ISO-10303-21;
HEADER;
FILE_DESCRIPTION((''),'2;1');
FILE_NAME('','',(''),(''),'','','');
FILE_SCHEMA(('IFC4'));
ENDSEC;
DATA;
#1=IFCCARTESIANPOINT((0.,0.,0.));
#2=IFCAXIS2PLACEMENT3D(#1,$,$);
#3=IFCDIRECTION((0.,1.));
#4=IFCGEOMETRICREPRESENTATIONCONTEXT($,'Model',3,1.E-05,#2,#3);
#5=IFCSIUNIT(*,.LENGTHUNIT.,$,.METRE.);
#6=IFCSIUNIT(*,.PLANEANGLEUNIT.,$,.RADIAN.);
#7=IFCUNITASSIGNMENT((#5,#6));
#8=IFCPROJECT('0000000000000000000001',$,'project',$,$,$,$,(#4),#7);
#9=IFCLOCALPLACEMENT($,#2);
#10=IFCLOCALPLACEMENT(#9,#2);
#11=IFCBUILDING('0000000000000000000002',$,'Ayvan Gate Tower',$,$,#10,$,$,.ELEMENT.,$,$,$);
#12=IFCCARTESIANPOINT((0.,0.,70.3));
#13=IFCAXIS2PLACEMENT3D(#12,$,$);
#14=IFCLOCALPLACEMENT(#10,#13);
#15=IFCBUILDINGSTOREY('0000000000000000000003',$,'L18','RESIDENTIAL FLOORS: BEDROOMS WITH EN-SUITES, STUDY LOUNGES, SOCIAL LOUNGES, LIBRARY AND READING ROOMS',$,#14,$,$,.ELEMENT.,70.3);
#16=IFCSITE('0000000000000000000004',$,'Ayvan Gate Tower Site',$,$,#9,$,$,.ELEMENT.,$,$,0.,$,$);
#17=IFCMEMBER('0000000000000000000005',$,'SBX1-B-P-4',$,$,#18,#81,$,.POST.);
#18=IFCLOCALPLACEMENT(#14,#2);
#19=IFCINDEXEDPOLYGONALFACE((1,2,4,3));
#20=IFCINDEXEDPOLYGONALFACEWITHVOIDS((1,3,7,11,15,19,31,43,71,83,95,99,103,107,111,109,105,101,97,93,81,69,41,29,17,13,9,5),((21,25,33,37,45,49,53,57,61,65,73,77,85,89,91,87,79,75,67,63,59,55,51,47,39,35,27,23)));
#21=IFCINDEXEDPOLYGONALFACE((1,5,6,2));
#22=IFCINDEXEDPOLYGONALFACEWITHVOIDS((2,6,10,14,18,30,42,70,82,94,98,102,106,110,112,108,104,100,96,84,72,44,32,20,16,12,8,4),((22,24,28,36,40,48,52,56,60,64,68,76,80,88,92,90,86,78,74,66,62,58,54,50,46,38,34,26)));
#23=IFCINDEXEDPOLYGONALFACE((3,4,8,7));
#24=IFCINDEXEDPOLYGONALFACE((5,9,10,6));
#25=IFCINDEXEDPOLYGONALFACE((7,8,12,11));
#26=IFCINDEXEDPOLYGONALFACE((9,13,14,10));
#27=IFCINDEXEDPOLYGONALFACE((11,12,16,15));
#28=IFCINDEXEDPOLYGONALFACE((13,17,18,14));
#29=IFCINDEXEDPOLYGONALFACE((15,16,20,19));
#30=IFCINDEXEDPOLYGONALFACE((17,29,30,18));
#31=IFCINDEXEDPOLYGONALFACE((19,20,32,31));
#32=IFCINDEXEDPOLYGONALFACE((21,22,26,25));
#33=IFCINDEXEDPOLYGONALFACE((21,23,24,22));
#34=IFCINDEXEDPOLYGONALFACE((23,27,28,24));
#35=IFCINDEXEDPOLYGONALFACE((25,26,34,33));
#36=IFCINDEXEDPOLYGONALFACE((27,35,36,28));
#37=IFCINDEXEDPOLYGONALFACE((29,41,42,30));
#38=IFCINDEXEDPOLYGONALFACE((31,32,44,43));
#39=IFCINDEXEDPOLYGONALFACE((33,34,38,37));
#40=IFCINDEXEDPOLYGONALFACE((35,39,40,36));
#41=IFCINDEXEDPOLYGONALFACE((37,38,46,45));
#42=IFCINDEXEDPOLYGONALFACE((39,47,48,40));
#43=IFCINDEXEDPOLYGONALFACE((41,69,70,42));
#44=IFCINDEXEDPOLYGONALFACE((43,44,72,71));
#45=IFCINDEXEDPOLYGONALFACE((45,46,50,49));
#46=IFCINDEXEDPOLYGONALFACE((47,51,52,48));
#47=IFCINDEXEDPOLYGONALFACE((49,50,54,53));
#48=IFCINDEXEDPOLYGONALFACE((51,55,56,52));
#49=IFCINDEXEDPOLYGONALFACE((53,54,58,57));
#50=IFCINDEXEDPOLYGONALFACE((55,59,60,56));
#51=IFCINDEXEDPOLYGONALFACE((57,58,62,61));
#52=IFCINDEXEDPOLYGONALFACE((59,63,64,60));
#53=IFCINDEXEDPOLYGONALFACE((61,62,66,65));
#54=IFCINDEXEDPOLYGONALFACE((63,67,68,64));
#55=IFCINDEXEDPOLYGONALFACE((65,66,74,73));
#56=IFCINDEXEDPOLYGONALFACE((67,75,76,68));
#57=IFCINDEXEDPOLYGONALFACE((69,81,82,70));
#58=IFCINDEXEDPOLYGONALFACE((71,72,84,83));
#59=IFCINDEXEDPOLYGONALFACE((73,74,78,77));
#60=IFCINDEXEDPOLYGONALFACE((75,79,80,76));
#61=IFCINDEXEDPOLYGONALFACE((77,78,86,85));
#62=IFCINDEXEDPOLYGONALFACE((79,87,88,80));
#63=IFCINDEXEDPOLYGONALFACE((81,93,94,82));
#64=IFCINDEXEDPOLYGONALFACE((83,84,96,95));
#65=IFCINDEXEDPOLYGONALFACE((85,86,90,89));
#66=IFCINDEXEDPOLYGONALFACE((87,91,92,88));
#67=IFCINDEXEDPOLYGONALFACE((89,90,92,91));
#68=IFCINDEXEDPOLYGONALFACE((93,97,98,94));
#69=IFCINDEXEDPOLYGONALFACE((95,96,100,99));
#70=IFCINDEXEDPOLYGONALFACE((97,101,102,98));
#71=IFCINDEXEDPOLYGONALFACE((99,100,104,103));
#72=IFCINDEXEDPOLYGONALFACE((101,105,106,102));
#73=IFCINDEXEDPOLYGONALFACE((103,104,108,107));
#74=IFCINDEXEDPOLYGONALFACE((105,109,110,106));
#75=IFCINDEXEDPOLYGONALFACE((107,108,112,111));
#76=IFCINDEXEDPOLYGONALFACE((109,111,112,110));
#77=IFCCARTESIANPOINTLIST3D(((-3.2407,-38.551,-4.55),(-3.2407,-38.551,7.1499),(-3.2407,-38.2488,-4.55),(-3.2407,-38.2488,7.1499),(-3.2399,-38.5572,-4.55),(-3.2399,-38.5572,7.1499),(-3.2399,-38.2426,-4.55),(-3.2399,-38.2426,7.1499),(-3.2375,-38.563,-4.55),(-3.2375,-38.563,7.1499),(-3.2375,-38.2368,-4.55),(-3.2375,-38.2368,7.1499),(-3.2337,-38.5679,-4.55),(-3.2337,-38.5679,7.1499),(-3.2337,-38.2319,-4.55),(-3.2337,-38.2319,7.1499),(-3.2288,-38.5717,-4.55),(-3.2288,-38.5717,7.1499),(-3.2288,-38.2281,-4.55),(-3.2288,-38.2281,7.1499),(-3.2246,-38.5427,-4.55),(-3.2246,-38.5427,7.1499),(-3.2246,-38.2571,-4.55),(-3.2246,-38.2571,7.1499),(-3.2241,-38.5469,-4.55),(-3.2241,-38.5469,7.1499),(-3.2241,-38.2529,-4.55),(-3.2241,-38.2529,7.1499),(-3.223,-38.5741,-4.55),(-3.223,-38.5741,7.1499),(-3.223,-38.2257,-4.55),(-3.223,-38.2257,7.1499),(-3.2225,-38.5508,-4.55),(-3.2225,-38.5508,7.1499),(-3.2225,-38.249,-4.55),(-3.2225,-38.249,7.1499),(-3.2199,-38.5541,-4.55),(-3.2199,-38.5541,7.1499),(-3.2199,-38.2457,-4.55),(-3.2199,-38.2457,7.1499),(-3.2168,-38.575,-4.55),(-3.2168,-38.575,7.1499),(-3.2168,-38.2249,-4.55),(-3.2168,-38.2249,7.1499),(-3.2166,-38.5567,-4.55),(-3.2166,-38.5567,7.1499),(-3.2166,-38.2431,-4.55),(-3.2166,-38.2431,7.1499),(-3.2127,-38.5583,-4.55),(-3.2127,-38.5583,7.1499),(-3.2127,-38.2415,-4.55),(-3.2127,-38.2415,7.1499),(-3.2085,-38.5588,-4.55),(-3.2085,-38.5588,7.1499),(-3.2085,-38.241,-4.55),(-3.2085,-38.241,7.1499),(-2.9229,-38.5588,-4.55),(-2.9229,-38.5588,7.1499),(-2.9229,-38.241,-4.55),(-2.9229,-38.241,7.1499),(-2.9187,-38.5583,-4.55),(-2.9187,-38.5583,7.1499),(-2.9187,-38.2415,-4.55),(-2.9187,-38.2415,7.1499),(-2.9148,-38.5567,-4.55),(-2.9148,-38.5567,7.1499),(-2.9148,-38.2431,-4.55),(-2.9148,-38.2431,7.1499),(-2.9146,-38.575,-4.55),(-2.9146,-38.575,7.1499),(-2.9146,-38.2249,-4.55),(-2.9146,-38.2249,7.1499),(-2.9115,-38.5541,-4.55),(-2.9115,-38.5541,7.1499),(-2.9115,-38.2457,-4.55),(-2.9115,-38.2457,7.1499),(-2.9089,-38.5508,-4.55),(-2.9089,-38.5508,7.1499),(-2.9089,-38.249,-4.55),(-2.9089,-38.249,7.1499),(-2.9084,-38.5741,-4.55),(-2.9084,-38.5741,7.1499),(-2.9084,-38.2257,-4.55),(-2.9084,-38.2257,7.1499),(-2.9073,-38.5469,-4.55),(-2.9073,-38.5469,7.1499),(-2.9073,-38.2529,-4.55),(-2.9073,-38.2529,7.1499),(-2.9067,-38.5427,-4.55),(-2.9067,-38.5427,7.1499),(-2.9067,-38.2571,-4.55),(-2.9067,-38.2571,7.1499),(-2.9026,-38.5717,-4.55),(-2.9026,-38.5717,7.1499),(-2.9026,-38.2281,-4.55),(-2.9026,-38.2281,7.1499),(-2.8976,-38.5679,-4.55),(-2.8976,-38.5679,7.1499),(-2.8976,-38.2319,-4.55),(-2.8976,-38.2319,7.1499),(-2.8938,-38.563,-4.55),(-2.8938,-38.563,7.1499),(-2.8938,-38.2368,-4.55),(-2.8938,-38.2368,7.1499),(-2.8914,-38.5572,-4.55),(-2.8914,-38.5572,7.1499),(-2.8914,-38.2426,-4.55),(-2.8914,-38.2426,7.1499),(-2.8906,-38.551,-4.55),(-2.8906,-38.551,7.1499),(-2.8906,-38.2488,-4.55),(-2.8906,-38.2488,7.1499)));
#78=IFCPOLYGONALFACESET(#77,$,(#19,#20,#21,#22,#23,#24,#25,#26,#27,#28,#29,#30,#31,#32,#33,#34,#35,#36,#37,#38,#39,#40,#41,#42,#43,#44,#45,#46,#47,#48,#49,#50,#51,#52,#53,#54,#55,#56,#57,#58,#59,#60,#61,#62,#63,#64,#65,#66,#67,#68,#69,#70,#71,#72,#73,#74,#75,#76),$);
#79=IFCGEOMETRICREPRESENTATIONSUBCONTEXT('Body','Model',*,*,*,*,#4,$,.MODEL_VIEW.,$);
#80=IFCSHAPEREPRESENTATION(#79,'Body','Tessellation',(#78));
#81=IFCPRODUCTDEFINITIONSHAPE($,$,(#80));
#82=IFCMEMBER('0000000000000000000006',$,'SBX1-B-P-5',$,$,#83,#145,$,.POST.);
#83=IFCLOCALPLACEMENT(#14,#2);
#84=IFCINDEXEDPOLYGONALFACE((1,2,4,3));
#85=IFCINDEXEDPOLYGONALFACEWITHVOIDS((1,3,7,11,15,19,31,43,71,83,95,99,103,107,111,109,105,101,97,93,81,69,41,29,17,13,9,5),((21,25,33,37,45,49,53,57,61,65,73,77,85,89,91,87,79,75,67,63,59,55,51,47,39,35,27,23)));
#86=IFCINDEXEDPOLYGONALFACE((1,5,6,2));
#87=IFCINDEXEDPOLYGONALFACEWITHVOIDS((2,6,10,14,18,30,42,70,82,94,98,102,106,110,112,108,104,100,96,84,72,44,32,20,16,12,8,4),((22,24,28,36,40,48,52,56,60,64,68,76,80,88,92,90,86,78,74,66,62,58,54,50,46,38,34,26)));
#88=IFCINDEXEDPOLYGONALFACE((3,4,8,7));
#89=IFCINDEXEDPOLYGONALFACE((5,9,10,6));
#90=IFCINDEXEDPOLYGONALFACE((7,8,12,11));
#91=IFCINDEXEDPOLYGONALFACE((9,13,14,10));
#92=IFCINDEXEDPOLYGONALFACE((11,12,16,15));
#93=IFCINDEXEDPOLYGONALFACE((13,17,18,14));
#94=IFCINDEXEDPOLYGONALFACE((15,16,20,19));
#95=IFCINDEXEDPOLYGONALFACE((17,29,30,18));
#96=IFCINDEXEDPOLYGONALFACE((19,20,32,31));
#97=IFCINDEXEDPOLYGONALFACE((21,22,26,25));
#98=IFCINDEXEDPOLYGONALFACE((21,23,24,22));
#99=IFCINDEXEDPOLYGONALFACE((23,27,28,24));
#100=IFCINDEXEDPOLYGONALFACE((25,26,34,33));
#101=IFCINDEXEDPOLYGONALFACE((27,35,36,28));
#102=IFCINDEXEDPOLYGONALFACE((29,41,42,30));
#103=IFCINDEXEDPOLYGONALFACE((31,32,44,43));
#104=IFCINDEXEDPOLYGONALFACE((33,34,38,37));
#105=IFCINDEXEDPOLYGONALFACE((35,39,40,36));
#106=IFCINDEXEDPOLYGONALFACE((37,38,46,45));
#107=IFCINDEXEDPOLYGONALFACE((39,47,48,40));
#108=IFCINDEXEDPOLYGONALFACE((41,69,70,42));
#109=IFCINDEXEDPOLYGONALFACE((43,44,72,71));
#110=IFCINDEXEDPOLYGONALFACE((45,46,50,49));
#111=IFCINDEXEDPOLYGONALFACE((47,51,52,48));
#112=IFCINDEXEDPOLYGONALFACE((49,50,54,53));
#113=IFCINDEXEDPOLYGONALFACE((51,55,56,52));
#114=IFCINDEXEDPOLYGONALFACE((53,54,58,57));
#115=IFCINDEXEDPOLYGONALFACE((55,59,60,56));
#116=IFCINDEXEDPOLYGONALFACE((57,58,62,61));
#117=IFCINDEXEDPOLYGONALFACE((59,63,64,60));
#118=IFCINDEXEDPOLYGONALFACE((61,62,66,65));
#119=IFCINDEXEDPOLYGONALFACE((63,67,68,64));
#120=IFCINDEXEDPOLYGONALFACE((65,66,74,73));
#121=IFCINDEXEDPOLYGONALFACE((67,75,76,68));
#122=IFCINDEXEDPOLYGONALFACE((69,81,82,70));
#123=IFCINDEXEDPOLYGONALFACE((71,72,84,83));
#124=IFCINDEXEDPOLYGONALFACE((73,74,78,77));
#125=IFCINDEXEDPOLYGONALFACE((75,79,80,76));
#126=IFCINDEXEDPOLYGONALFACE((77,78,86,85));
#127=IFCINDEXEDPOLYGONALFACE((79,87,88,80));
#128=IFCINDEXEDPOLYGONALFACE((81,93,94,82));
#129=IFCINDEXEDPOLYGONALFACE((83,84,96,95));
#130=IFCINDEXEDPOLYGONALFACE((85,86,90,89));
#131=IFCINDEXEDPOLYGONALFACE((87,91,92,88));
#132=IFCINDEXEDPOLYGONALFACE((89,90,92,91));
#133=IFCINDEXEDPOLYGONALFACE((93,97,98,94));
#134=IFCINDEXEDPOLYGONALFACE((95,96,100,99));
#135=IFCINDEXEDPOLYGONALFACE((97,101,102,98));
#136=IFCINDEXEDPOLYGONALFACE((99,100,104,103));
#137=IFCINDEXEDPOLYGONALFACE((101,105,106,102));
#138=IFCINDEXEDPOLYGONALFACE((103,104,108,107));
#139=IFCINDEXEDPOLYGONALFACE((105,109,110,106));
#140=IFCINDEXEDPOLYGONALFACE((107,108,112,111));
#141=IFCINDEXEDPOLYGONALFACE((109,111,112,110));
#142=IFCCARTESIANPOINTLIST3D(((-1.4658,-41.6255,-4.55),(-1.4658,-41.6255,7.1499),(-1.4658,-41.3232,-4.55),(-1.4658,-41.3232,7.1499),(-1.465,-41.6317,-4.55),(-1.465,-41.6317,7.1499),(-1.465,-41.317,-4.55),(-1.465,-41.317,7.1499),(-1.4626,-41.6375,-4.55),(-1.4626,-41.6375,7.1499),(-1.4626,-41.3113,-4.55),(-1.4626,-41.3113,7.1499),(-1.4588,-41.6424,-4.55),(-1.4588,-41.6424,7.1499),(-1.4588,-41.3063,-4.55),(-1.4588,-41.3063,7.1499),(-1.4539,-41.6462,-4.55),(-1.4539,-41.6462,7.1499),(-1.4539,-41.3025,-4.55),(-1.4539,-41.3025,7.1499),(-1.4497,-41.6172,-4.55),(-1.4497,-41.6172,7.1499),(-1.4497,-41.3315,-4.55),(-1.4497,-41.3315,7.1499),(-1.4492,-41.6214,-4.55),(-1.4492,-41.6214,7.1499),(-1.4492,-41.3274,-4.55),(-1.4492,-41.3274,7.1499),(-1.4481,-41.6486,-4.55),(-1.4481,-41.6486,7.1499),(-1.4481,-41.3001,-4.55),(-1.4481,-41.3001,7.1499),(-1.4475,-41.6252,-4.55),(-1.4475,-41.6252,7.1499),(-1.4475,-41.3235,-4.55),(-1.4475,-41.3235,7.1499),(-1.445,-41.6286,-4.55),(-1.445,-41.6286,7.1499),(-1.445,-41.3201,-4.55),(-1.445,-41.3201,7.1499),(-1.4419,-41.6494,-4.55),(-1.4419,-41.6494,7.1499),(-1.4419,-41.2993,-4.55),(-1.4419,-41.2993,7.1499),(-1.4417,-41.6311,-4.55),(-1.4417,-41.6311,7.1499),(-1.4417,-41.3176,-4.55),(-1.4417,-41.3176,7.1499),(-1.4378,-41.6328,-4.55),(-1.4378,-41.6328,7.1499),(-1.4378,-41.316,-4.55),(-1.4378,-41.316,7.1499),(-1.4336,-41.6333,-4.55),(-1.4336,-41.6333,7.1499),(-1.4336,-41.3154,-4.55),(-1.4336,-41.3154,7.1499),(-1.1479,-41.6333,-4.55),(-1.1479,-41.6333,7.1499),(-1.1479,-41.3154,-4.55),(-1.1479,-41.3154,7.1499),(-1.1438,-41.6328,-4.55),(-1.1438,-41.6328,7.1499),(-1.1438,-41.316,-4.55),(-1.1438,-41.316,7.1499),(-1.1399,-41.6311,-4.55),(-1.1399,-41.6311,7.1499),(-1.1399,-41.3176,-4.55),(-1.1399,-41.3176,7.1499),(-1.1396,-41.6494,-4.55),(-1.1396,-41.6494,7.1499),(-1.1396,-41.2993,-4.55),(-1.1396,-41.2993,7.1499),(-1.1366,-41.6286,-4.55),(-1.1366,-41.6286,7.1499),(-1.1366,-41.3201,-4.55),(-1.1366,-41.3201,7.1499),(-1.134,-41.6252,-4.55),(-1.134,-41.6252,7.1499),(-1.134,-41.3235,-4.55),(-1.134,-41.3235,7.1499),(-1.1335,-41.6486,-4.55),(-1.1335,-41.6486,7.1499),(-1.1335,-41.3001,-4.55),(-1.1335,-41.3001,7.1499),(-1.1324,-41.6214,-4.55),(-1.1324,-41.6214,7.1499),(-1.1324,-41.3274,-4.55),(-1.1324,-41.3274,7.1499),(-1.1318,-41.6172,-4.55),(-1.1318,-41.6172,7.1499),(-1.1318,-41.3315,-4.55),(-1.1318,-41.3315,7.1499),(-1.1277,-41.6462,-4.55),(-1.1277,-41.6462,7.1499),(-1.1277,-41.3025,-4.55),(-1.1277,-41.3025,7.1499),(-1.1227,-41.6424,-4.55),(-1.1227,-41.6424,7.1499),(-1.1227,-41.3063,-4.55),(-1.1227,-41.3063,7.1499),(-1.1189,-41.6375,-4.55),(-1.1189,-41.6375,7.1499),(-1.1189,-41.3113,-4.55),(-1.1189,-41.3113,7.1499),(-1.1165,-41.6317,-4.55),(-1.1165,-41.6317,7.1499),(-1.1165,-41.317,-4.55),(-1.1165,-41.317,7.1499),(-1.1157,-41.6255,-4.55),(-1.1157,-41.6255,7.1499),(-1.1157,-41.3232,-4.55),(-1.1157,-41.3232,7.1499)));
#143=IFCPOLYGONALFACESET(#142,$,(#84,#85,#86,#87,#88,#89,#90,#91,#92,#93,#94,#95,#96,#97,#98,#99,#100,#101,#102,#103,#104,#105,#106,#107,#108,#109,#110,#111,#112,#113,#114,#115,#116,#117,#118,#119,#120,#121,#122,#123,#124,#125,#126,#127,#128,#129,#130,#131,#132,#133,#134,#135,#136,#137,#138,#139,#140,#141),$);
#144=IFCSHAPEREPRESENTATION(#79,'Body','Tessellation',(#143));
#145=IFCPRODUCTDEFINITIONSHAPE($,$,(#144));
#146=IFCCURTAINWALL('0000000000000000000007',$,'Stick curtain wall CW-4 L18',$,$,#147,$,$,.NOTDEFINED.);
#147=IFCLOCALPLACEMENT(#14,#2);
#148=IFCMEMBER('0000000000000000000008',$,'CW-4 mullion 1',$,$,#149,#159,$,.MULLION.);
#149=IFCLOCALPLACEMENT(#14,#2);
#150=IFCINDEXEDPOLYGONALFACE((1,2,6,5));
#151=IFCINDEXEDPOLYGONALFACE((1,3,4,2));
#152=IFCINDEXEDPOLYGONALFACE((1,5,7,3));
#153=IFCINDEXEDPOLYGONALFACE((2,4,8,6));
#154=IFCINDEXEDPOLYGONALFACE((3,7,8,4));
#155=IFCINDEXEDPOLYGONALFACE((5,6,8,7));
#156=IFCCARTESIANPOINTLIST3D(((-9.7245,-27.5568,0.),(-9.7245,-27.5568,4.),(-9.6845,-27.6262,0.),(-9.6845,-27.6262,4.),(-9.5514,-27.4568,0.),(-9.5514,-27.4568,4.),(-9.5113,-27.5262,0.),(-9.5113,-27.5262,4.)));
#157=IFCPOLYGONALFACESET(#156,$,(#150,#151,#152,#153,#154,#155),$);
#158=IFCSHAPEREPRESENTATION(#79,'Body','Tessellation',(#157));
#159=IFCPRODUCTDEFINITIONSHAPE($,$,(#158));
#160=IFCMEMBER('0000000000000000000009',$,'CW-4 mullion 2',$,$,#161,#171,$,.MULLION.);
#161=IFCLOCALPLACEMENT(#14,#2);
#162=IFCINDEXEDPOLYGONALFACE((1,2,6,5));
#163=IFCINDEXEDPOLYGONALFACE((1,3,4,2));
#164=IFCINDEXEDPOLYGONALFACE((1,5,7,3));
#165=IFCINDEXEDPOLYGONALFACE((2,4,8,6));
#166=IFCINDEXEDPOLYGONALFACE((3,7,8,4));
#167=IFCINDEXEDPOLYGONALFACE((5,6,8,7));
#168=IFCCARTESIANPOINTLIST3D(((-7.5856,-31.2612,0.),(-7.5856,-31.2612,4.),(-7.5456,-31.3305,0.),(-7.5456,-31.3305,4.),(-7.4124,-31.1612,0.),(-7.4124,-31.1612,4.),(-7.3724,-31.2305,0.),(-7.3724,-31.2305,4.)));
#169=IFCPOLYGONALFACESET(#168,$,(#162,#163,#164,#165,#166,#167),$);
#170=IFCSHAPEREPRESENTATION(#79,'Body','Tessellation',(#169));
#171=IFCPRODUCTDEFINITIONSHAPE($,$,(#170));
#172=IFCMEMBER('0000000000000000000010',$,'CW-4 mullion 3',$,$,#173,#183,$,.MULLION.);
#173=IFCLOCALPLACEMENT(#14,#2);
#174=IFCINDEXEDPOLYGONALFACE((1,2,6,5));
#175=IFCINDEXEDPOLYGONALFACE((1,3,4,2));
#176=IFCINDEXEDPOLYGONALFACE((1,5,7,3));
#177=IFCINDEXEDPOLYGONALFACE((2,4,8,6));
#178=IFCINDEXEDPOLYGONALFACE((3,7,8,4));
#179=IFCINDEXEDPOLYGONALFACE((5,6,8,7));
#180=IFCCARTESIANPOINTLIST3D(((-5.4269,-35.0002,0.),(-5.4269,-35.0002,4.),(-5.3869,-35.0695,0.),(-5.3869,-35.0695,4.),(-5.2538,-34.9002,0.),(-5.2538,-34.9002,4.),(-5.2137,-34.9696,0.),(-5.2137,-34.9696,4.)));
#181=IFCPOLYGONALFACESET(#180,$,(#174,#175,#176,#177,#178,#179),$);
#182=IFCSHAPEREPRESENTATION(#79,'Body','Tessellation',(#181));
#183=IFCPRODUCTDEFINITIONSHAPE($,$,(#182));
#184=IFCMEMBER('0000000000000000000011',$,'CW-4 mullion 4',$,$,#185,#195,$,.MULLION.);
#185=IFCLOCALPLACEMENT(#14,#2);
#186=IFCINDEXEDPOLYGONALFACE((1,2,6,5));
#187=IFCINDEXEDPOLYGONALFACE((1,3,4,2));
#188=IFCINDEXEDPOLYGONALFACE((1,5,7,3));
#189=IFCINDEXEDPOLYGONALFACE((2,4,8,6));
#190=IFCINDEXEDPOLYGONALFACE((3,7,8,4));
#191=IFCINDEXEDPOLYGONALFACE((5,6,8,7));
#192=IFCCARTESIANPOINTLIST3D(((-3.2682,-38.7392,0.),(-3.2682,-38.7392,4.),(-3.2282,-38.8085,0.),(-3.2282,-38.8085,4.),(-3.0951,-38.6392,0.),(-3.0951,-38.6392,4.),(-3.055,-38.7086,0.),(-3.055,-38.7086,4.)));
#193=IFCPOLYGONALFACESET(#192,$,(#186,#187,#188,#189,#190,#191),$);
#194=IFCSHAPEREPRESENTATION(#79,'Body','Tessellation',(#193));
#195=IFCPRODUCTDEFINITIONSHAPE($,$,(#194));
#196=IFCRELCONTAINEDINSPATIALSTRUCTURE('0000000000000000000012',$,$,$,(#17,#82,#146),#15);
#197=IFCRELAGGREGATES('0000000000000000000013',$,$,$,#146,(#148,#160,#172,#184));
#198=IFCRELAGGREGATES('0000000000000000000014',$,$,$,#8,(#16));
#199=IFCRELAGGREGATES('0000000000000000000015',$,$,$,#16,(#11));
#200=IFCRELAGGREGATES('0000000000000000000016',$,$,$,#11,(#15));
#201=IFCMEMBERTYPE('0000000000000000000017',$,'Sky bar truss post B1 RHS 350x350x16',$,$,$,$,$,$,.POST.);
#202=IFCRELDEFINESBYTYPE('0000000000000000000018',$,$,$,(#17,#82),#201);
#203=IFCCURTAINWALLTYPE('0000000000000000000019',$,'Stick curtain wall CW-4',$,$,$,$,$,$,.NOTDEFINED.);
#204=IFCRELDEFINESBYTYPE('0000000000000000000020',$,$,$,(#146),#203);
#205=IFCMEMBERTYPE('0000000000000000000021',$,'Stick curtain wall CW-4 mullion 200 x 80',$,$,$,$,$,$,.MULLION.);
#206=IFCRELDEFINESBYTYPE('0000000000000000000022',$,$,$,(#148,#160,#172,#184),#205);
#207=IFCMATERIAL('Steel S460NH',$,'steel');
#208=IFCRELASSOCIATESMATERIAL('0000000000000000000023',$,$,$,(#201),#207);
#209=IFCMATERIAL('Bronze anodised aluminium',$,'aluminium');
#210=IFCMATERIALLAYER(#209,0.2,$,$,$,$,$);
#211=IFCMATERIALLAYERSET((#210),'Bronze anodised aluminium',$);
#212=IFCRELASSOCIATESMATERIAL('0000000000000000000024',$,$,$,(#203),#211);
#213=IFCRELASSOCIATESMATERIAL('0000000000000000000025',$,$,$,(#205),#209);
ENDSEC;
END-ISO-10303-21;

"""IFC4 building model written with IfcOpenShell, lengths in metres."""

from ifc_helpers import new_model, si_unit, direction, frame, origin, origin_2d, place, context, subcontext, project, spatial, rectangle, hollow_rectangle, extrude, material, layer, layer_set, material_profile, profile_set, type_object, element, aggregate, save


model = new_model("IFC4")

# Units and contexts
model_context = context("Model", 3, precision=1e-05, world=origin(), true_north=direction((0.0, 1.0)))
body_context = subcontext(model_context, "Body", "Model", "MODEL_VIEW")
ifc_project = project(units=[si_unit("LENGTHUNIT", "METRE"), si_unit("PLANEANGLEUNIT", "RADIAN")], contexts=[model_context])

# Site, building, storey
site_placement = place(None, origin())
site = spatial("IfcSite", under=ifc_project, at=site_placement, Name="Ayvan Gate Tower Site", CompositionType="ELEMENT", RefElevation=0.0)
building_placement = place(site_placement, origin())
building = spatial("IfcBuilding", under=site, at=building_placement, Name="Ayvan Gate Tower", CompositionType="ELEMENT")
storey_placement = place(building_placement, frame((0.0, 0.0, 70.3)))
storey = spatial("IfcBuildingStorey", under=building, at=storey_placement, Name="L18", Description="RESIDENTIAL FLOORS: BEDROOMS WITH EN-SUITES, STUDY LOUNGES, SOCIAL LOUNGES, LIBRARY AND READING ROOMS", CompositionType="ELEMENT", Elevation=70.3)

# Members
ifc_material_1 = material(Name="Steel S460NH", Category="steel")
ifc_material_profile_1 = material_profile(ifc_material_1, hollow_rectangle(XDim=0.3501, YDim=0.3501, WallThickness=0.0161, InnerFilletRadius=0.0161, OuterFilletRadius=0.0239, at=origin_2d()), Name="RHS 350x350x16")
ifc_profile_set_1 = profile_set([ifc_material_profile_1], Name="Steel S460NH")
member_type_1 = type_object("IfcMemberType", Name="Sky bar truss post B1 RHS 350x350x16", PredefinedType="POST", material=ifc_profile_set_1)
for number, where, z_axis, x_axis, name in (
    (1, (-3.0657, -38.3999, -4.55), (0.0, 0.0, 1.0), (1.0, 0.0, 0.0), "SBX1-B-P-4"),
    (2, (-1.2908, -41.4744, -4.55), (0.0, 0.0, 1.0), (1.0, 0.0, 0.0), "SBX1-B-P-5"),
):
    element("IfcMember", number, at=place(storey_placement, frame(where, z_axis=z_axis, x_axis=x_axis)), inside=storey, type_object=member_type_1, Name=name, PredefinedType="POST", context=body_context, shape_type="SweptSolid", body=[
        extrude(hollow_rectangle(XDim=0.3501, YDim=0.3501, WallThickness=0.0161, InnerFilletRadius=0.0161, OuterFilletRadius=0.0239, at=origin_2d()), origin(), (0.0, 0.0, 1.0), 11.7),
    ])

# Curtain wall, members
ifc_material_2 = material(Name="Bronze anodised aluminium", Category="aluminium")
ifc_layer_1 = layer(ifc_material_2, 0.2)
ifc_layer_set_1 = layer_set([ifc_layer_1], Name="Bronze anodised aluminium")
curtain_wall_type = type_object("IfcCurtainWallType", Name="Stick curtain wall CW-4", PredefinedType="NOTDEFINED", material=ifc_layer_set_1)
curtain_wall_1_placement = place(storey_placement, origin())
curtain_wall_1 = element("IfcCurtainWall", 3, at=curtain_wall_1_placement, inside=storey, type_object=curtain_wall_type, Name="Stick curtain wall CW-4 L18", PredefinedType="NOTDEFINED")
ifc_material_profile_2 = material_profile(ifc_material_2, rectangle(XDim=0.2, YDim=0.0801, at=origin_2d()), Name="Stick curtain wall CW-4 mullion 200 x 80")
ifc_profile_set_2 = profile_set([ifc_material_profile_2], Name="Bronze anodised aluminium")
member_type_2 = type_object("IfcMemberType", Name="Stick curtain wall CW-4 mullion 200 x 80", PredefinedType="MULLION", material=ifc_profile_set_2)
member_1_placement = place(storey_placement, frame((-9.6179, -27.5415, 0.0), z_axis=(0.0, 0.0, 1.0), x_axis=(-0.866025, -0.5, 0.0)))
member_1 = element("IfcMember", 4, at=member_1_placement, type_object=member_type_2, Name="CW-4 mullion 1", PredefinedType="MULLION", context=body_context, shape_type="SweptSolid", body=[
    extrude(rectangle(XDim=0.2, YDim=0.0801, at=origin_2d()), origin(), (0.0, 0.0, 1.0), 4.0),
])
member_2_placement = place(storey_placement, frame((-7.479, -31.2458, 0.0), z_axis=(0.0, 0.0, 1.0), x_axis=(-0.866025, -0.5, 0.0)))
member_2 = element("IfcMember", 5, at=member_2_placement, type_object=member_type_2, Name="CW-4 mullion 2", PredefinedType="MULLION", context=body_context, shape_type="SweptSolid", body=[
    extrude(rectangle(XDim=0.2, YDim=0.0801, at=origin_2d()), origin(), (0.0, 0.0, 1.0), 4.0),
])
member_3_placement = place(storey_placement, frame((-5.3203, -34.9849, 0.0), z_axis=(0.0, 0.0, 1.0), x_axis=(-0.866025, -0.5, 0.0)))
member_3 = element("IfcMember", 6, at=member_3_placement, type_object=member_type_2, Name="CW-4 mullion 3", PredefinedType="MULLION", context=body_context, shape_type="SweptSolid", body=[
    extrude(rectangle(XDim=0.2, YDim=0.0801, at=origin_2d()), origin(), (0.0, 0.0, 1.0), 4.0),
])
member_4_placement = place(storey_placement, frame((-3.1616, -38.7239, 0.0), z_axis=(0.0, 0.0, 1.0), x_axis=(-0.866025, -0.5, 0.0)))
member_4 = element("IfcMember", 7, at=member_4_placement, type_object=member_type_2, Name="CW-4 mullion 4", PredefinedType="MULLION", context=body_context, shape_type="SweptSolid", body=[
    extrude(rectangle(XDim=0.2, YDim=0.0801, at=origin_2d()), origin(), (0.0, 0.0, 1.0), 4.0),
])

aggregate(curtain_wall_1, [member_1, member_2, member_3, member_4])

save(model, "model.ifc")
